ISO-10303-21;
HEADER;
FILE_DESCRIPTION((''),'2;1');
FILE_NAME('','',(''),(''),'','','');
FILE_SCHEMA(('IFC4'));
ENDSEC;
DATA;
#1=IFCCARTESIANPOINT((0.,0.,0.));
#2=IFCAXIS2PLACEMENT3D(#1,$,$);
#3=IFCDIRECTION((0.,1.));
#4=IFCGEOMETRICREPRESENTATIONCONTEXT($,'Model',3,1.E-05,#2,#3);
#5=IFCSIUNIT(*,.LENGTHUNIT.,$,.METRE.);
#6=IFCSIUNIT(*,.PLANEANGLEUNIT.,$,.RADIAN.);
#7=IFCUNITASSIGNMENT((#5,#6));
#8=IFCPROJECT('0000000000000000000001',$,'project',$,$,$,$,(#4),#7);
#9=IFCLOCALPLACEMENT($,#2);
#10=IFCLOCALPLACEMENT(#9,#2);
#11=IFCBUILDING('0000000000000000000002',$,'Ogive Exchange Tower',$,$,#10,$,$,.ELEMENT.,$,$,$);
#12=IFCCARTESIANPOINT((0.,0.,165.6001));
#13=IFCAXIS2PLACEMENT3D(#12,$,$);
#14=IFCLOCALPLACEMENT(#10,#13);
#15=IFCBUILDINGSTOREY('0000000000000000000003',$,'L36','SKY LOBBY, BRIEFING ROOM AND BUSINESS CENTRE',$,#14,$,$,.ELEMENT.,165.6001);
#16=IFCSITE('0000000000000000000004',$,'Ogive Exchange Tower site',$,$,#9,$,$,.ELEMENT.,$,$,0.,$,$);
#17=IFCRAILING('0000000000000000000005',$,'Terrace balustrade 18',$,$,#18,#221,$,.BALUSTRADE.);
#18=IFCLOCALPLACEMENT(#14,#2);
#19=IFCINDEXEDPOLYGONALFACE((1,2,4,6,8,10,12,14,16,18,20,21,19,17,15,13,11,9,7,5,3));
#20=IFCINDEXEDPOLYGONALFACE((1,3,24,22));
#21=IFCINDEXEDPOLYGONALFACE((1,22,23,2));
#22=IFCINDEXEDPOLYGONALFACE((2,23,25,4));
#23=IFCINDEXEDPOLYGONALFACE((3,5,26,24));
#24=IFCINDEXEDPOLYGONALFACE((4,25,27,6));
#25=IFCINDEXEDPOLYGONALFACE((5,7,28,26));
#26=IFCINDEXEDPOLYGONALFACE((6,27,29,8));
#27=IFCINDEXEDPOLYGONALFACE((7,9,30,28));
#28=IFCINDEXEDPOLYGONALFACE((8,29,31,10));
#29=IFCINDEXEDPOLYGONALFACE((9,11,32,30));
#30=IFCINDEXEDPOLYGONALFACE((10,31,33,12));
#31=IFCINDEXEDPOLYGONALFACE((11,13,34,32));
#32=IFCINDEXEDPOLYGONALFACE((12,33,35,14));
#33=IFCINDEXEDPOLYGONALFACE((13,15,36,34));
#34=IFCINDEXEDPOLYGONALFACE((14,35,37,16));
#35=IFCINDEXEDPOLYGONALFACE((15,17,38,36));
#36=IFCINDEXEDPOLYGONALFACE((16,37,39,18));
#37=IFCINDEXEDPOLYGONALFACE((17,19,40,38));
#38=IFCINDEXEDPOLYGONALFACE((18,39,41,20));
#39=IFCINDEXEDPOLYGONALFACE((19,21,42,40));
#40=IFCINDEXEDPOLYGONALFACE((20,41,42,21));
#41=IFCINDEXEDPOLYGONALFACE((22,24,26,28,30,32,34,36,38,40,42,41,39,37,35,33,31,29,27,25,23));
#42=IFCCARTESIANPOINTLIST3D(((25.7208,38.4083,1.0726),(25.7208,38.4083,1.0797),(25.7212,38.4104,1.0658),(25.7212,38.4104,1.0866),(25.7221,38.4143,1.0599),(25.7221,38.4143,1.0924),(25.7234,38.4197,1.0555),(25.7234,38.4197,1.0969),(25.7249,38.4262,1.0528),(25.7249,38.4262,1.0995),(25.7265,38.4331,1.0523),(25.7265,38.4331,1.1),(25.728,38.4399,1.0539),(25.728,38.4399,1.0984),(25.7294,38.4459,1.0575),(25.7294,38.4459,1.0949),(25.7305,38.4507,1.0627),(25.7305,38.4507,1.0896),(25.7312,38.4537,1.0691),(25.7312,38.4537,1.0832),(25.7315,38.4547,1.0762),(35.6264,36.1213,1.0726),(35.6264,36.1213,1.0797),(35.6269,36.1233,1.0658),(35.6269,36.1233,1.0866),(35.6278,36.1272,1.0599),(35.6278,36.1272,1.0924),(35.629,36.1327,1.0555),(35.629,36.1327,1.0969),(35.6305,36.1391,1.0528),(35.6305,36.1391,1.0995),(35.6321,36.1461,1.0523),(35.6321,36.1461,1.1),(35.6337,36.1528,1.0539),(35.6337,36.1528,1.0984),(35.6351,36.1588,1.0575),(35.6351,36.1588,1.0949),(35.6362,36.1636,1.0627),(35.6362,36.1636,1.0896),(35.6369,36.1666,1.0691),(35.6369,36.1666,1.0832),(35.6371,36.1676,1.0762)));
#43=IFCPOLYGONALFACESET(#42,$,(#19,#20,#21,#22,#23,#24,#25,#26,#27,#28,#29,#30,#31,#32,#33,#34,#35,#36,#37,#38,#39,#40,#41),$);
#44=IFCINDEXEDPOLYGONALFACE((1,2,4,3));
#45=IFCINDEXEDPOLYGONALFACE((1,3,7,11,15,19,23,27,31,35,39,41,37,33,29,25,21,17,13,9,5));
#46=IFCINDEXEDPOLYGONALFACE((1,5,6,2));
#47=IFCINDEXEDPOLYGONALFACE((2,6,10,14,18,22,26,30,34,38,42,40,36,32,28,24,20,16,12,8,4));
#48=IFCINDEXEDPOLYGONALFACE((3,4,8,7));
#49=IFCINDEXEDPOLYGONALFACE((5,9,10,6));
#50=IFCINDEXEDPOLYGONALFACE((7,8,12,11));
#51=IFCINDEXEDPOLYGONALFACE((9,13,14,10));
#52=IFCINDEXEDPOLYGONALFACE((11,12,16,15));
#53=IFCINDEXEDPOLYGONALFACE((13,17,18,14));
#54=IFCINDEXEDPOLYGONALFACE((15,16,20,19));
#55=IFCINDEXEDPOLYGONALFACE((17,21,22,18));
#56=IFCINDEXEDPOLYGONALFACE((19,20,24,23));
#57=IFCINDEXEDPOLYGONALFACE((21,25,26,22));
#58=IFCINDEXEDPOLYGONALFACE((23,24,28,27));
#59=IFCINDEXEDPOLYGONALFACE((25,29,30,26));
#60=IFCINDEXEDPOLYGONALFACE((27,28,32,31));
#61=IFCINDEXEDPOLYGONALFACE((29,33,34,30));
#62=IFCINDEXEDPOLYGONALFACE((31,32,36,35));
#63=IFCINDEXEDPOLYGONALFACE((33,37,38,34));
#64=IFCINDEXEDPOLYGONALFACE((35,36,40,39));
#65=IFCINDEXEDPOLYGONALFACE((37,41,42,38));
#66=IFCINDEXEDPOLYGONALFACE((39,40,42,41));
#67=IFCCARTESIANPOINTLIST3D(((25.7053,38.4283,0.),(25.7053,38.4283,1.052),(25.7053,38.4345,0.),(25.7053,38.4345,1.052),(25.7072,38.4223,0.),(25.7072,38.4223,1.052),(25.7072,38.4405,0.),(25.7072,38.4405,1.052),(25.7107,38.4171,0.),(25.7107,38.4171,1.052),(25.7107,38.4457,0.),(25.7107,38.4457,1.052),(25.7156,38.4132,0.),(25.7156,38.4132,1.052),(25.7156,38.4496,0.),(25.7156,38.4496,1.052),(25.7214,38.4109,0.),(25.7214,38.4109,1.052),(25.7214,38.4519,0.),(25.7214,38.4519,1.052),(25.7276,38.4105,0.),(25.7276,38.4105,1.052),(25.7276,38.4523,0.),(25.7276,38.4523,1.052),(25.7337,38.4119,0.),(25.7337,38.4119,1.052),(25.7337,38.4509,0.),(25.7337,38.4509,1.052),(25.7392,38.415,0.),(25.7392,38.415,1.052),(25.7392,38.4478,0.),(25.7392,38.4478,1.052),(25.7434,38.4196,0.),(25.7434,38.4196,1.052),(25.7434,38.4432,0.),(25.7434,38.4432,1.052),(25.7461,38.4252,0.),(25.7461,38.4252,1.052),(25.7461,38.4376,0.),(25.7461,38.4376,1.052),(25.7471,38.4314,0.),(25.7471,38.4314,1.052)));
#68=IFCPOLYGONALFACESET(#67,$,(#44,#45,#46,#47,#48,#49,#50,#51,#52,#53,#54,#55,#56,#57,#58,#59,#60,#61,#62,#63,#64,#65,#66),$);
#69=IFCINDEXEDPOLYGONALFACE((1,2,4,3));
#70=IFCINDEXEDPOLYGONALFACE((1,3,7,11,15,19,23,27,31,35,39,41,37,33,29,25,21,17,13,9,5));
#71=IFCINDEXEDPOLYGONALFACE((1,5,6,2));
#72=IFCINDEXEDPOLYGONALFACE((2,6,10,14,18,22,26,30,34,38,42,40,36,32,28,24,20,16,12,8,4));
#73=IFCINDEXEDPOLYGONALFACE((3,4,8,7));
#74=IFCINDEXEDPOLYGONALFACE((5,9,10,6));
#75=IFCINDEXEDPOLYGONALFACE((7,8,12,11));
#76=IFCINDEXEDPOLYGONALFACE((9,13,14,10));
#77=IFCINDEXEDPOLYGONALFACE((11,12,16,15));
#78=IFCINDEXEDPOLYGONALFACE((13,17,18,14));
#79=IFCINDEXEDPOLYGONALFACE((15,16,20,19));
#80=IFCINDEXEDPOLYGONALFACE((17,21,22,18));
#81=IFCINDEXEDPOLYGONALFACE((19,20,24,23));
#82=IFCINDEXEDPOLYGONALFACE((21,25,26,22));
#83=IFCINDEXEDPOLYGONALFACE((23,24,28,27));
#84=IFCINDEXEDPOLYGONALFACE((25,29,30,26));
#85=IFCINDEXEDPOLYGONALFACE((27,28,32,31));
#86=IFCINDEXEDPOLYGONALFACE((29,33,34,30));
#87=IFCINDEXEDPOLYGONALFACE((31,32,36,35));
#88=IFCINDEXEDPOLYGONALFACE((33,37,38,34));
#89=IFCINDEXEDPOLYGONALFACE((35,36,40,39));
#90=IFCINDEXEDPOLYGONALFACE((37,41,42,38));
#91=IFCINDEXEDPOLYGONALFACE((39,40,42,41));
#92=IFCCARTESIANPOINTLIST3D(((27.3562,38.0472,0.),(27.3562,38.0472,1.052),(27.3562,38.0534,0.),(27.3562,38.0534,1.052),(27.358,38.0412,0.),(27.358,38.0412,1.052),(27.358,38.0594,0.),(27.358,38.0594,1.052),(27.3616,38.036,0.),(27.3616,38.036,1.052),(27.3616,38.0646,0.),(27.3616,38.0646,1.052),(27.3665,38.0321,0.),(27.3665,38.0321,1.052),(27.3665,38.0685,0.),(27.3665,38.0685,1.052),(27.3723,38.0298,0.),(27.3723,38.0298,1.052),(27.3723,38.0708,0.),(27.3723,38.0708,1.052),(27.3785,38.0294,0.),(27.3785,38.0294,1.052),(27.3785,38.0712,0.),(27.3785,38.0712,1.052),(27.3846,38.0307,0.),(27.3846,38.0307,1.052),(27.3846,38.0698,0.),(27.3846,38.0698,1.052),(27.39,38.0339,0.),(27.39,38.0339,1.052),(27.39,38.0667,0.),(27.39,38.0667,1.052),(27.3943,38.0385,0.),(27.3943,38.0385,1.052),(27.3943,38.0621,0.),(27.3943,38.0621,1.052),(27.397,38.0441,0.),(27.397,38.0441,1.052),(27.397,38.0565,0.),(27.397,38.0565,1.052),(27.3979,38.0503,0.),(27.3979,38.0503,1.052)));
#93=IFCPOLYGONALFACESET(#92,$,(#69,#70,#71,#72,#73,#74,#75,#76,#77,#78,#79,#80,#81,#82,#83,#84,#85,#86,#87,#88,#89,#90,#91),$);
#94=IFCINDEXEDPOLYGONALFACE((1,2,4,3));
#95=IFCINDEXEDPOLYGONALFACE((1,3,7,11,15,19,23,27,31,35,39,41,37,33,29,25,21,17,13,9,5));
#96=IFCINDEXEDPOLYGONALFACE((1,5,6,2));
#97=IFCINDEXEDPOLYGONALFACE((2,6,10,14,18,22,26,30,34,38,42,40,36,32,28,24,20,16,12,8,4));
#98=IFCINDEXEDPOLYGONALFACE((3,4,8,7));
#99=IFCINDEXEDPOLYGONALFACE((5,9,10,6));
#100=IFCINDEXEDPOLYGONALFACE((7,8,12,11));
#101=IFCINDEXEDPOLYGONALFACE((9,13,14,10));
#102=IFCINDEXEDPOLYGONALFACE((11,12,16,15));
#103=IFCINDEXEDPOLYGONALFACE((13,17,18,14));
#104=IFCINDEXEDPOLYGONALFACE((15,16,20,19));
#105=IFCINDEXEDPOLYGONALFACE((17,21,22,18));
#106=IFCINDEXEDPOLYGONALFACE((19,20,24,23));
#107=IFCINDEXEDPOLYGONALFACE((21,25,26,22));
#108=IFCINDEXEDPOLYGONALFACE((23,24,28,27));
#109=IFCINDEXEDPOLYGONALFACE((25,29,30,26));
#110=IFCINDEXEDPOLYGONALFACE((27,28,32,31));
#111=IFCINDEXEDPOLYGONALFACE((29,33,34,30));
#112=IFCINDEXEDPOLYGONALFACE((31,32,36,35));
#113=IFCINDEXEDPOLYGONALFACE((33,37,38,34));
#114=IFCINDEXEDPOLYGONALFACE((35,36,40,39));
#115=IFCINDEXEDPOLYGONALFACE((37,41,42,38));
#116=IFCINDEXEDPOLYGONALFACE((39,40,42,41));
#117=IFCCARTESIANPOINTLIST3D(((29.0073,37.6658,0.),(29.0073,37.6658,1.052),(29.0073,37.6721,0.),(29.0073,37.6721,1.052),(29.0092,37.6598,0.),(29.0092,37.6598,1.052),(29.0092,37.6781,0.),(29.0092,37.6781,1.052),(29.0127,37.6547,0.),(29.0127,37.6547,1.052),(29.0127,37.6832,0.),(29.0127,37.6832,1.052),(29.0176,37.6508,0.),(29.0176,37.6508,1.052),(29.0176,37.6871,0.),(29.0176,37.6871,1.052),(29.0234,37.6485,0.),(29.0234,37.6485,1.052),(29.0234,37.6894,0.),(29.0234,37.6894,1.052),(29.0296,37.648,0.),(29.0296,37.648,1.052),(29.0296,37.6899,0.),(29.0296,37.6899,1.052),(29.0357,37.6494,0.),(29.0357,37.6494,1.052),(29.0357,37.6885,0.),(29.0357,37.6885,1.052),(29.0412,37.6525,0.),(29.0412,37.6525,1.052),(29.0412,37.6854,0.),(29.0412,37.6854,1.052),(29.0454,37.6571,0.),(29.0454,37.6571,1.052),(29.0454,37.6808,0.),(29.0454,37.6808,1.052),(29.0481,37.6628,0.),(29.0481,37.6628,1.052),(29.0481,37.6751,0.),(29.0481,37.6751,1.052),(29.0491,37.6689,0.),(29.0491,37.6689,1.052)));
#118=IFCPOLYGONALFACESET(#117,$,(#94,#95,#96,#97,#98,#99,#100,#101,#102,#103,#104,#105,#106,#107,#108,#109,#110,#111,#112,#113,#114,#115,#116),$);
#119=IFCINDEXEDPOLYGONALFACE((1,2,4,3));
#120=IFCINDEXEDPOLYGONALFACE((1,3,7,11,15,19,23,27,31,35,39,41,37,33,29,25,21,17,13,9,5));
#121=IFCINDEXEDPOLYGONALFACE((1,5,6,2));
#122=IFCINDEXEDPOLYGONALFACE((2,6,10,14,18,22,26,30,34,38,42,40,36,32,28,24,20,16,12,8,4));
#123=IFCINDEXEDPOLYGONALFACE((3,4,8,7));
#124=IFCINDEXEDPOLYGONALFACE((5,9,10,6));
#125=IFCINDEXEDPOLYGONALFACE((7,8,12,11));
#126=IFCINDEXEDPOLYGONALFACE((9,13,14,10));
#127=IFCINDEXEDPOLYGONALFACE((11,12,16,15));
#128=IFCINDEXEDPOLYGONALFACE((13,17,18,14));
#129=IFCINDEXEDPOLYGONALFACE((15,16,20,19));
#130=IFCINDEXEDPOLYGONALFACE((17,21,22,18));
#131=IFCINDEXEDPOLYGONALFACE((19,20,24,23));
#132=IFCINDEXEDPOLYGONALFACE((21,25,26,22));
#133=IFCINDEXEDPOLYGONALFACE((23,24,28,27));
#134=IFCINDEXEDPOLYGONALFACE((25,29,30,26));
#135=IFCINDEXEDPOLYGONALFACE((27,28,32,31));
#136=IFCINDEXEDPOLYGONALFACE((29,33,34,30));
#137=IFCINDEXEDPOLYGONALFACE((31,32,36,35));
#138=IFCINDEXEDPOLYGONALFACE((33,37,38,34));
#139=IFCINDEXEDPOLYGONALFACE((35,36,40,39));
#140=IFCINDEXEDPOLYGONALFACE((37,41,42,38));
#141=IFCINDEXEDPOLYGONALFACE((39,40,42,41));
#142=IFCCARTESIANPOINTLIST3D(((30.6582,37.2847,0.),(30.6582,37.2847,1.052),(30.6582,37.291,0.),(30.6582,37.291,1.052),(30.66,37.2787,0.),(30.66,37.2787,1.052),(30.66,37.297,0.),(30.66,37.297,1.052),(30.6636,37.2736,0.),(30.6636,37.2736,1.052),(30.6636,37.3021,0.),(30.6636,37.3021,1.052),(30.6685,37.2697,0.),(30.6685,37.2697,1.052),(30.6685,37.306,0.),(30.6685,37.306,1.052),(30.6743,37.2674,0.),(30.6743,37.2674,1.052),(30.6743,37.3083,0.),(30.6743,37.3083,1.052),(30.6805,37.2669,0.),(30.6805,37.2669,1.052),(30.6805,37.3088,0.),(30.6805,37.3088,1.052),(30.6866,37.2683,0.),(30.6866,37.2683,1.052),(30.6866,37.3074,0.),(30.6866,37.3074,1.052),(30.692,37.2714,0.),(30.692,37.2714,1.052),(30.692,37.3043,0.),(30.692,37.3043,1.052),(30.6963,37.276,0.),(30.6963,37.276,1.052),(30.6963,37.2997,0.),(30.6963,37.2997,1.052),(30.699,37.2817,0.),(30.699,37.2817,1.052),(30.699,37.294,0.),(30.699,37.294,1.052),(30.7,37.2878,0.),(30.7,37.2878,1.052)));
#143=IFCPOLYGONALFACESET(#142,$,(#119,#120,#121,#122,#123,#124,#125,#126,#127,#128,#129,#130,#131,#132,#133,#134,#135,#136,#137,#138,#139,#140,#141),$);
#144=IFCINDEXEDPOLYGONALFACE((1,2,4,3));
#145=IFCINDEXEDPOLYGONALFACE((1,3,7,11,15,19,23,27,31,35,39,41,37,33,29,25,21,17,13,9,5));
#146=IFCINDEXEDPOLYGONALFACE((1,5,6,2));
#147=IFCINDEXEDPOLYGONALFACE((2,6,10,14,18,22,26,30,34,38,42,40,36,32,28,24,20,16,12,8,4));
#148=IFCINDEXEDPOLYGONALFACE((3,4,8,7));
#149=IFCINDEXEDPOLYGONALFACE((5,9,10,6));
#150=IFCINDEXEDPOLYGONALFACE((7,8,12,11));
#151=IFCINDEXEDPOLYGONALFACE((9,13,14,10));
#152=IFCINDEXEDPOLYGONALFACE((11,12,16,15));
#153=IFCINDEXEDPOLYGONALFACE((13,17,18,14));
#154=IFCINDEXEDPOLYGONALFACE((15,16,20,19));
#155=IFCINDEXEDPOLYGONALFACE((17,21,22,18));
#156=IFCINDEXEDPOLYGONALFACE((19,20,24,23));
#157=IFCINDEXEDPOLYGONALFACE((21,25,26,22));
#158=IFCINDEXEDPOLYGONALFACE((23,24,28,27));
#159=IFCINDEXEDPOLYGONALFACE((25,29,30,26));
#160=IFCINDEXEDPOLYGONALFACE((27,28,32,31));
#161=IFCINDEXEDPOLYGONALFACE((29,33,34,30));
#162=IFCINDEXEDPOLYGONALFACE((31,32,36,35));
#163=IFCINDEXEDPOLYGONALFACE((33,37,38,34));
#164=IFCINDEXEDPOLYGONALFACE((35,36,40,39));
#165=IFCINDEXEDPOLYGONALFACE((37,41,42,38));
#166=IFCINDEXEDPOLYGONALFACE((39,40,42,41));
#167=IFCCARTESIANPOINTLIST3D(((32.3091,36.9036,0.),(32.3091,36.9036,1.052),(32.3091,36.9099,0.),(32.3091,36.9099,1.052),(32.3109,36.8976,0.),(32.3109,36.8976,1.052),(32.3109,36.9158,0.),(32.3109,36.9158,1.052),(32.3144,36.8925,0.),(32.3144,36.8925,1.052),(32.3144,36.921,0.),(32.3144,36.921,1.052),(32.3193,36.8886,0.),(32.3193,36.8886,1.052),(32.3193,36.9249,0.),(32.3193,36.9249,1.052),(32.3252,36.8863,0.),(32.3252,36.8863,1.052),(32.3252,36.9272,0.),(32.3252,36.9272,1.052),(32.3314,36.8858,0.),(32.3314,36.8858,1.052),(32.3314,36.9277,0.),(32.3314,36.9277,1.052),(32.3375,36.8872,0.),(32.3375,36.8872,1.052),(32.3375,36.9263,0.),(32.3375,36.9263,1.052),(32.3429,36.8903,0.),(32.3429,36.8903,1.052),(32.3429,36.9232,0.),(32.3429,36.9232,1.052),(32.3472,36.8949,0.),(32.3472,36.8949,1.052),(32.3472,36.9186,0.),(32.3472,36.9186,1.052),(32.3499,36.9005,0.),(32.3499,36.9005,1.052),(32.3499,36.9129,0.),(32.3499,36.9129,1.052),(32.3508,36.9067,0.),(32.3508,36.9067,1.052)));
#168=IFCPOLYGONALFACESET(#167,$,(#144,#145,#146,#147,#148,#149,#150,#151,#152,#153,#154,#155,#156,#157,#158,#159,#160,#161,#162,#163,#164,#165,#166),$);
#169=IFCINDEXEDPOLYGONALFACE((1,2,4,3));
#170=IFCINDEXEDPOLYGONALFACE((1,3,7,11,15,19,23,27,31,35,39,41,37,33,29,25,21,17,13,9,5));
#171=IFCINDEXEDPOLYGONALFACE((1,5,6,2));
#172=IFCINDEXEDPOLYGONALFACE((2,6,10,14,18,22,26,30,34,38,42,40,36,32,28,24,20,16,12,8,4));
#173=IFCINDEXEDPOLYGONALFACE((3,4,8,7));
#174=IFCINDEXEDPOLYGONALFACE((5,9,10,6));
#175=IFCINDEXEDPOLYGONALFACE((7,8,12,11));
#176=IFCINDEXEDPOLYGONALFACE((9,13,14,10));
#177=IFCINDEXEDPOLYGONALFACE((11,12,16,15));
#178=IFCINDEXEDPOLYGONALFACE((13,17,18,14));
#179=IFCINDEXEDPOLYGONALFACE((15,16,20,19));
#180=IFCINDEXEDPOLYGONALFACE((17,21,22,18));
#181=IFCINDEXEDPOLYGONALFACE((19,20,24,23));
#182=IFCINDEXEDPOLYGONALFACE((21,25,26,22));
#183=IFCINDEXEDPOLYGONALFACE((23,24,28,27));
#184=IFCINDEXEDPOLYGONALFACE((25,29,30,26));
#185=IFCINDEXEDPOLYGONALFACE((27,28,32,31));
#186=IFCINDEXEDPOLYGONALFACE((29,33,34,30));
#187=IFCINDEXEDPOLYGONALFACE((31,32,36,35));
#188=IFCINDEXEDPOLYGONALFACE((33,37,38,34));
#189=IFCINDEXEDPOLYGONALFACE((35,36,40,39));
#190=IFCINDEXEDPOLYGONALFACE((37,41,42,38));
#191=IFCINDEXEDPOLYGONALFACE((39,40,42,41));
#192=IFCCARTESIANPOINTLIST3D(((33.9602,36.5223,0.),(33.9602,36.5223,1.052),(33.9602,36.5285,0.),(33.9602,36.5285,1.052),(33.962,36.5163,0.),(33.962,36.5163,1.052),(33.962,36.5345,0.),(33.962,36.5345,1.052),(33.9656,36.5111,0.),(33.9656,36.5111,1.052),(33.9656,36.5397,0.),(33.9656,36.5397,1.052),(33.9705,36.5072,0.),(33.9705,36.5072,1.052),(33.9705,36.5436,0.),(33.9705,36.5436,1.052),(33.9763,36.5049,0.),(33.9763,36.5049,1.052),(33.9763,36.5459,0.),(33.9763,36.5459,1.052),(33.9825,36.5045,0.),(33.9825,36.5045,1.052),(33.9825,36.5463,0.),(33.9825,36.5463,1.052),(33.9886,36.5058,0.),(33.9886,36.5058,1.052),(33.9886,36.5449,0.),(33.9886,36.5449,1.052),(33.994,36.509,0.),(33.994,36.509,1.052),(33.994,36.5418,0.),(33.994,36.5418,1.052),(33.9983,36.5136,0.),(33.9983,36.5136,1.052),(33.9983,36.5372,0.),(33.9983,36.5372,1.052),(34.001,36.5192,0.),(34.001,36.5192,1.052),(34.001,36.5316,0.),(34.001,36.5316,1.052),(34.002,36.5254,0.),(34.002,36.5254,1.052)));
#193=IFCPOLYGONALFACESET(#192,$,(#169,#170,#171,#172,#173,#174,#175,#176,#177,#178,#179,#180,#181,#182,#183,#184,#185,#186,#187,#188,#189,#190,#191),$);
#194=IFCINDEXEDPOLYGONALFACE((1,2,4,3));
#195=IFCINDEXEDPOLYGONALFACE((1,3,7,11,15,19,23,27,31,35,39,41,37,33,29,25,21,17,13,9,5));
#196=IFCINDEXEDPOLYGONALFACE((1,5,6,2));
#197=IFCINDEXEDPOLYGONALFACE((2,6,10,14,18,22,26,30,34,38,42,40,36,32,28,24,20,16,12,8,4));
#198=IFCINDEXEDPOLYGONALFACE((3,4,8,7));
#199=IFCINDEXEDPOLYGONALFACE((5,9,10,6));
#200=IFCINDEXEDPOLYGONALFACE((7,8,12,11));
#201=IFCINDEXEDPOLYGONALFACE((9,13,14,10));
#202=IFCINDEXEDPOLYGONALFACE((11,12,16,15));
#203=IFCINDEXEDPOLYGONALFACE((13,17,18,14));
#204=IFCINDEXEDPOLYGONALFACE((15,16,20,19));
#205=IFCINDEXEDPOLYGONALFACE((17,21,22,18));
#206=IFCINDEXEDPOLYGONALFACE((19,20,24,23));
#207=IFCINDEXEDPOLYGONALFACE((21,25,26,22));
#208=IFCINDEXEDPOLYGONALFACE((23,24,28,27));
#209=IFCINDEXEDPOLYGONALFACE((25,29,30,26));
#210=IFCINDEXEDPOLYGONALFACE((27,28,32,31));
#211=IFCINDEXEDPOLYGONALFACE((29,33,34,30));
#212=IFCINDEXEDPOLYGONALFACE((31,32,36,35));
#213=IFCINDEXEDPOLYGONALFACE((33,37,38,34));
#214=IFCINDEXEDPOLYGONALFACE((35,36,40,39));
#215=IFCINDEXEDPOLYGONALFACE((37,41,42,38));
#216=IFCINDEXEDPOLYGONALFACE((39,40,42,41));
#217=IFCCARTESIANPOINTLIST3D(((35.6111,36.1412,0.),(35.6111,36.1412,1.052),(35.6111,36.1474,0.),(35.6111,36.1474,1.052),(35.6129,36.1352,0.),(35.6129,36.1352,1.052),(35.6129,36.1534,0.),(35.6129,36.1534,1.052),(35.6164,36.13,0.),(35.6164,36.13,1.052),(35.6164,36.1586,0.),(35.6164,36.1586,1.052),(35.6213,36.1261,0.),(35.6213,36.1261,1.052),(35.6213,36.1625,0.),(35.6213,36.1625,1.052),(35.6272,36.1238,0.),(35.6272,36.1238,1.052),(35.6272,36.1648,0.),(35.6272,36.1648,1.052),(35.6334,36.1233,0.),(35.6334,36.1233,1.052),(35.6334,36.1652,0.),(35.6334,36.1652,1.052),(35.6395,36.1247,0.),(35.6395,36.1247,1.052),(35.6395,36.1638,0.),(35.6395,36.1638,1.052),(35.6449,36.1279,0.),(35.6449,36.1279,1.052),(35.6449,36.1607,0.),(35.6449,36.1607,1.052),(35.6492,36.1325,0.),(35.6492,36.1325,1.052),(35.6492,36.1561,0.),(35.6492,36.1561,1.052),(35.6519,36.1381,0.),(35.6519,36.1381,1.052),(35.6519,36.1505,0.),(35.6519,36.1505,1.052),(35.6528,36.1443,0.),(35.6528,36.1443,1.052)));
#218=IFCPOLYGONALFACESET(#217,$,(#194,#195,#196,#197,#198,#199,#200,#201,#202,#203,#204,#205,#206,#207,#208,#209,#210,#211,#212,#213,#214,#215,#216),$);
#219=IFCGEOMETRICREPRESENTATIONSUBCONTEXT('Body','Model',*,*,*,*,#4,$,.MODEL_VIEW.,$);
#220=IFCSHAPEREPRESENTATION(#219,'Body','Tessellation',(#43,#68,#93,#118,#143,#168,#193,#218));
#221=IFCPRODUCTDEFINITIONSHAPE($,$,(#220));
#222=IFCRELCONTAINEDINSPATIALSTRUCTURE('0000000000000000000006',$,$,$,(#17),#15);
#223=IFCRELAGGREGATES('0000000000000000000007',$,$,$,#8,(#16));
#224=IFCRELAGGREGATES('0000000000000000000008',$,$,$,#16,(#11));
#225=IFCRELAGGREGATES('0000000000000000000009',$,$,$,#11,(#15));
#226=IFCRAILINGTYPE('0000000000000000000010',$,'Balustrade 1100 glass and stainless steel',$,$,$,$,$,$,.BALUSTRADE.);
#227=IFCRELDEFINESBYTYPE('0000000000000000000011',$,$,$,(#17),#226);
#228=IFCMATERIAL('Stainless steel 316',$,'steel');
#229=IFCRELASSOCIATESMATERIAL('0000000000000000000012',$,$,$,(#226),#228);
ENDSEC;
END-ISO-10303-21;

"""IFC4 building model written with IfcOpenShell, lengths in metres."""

from ifc_helpers import new_model, si_unit, direction, frame, origin, origin_2d, place, context, subcontext, project, spatial, circle, extrude, material, type_object, element, save


model = new_model("IFC4")

# Units and contexts
model_context = context("Model", 3, precision=1e-05, world=origin(), true_north=direction((0.0, 1.0)))
body_context = subcontext(model_context, "Body", "Model", "MODEL_VIEW")
ifc_project = project(units=[si_unit("LENGTHUNIT", "METRE"), si_unit("PLANEANGLEUNIT", "RADIAN")], contexts=[model_context])

# Site, building, storey
site_placement = place(None, origin())
site = spatial("IfcSite", under=ifc_project, at=site_placement, Name="Ogive Exchange Tower site", CompositionType="ELEMENT", RefElevation=0.0)
building_placement = place(site_placement, origin())
building = spatial("IfcBuilding", under=site, at=building_placement, Name="Ogive Exchange Tower", CompositionType="ELEMENT")
storey_placement = place(building_placement, frame((0.0, 0.0, 165.6001)))
storey = spatial("IfcBuildingStorey", under=building, at=storey_placement, Name="L36", Description="SKY LOBBY, BRIEFING ROOM AND BUSINESS CENTRE", CompositionType="ELEMENT", Elevation=165.6001)

# Railing
ifc_material_1 = material(Name="Stainless steel 316", Category="steel")
railing_type_1 = type_object("IfcRailingType", Name="Balustrade 1100 glass and stainless steel", PredefinedType="BALUSTRADE", material=ifc_material_1)
railing_1_placement = place(storey_placement, frame((25.7261, 38.4314, 0.0)))
element("IfcRailing", 1, at=railing_1_placement, inside=storey, type_object=railing_type_1, Name="Terrace balustrade 18", PredefinedType="BALUSTRADE", context=body_context, shape_type="SweptSolid", body=[
    extrude(circle(Radius=0.0239, at=origin_2d()), frame((0.0, 0.0, 1.0762), z_axis=(0.974366, -0.224968, 0.0), x_axis=(0.224968, 0.974366, 0.0)), (0.0, 0.0, 1.0), 10.1663),
    extrude(circle(Radius=0.021, at=origin_2d()), origin(), (0.0, 0.0, 1.0), 1.052),
    extrude(circle(Radius=0.021, at=origin_2d()), frame((1.6509, -0.3811, 0.0)), (0.0, 0.0, 1.0), 1.052),
    extrude(circle(Radius=0.021, at=origin_2d()), frame((3.302, -0.7625, 0.0)), (0.0, 0.0, 1.0), 1.052),
    extrude(circle(Radius=0.021, at=origin_2d()), frame((4.9529, -1.1436, 0.0)), (0.0, 0.0, 1.0), 1.052),
    extrude(circle(Radius=0.021, at=origin_2d()), frame((6.6038, -1.5247, 0.0)), (0.0, 0.0, 1.0), 1.052),
    extrude(circle(Radius=0.021, at=origin_2d()), frame((8.2549, -1.906, 0.0)), (0.0, 0.0, 1.0), 1.052),
    extrude(circle(Radius=0.021, at=origin_2d()), frame((9.9058, -2.2871, 0.0)), (0.0, 0.0, 1.0), 1.052),
])

save(model, "model.ifc")
